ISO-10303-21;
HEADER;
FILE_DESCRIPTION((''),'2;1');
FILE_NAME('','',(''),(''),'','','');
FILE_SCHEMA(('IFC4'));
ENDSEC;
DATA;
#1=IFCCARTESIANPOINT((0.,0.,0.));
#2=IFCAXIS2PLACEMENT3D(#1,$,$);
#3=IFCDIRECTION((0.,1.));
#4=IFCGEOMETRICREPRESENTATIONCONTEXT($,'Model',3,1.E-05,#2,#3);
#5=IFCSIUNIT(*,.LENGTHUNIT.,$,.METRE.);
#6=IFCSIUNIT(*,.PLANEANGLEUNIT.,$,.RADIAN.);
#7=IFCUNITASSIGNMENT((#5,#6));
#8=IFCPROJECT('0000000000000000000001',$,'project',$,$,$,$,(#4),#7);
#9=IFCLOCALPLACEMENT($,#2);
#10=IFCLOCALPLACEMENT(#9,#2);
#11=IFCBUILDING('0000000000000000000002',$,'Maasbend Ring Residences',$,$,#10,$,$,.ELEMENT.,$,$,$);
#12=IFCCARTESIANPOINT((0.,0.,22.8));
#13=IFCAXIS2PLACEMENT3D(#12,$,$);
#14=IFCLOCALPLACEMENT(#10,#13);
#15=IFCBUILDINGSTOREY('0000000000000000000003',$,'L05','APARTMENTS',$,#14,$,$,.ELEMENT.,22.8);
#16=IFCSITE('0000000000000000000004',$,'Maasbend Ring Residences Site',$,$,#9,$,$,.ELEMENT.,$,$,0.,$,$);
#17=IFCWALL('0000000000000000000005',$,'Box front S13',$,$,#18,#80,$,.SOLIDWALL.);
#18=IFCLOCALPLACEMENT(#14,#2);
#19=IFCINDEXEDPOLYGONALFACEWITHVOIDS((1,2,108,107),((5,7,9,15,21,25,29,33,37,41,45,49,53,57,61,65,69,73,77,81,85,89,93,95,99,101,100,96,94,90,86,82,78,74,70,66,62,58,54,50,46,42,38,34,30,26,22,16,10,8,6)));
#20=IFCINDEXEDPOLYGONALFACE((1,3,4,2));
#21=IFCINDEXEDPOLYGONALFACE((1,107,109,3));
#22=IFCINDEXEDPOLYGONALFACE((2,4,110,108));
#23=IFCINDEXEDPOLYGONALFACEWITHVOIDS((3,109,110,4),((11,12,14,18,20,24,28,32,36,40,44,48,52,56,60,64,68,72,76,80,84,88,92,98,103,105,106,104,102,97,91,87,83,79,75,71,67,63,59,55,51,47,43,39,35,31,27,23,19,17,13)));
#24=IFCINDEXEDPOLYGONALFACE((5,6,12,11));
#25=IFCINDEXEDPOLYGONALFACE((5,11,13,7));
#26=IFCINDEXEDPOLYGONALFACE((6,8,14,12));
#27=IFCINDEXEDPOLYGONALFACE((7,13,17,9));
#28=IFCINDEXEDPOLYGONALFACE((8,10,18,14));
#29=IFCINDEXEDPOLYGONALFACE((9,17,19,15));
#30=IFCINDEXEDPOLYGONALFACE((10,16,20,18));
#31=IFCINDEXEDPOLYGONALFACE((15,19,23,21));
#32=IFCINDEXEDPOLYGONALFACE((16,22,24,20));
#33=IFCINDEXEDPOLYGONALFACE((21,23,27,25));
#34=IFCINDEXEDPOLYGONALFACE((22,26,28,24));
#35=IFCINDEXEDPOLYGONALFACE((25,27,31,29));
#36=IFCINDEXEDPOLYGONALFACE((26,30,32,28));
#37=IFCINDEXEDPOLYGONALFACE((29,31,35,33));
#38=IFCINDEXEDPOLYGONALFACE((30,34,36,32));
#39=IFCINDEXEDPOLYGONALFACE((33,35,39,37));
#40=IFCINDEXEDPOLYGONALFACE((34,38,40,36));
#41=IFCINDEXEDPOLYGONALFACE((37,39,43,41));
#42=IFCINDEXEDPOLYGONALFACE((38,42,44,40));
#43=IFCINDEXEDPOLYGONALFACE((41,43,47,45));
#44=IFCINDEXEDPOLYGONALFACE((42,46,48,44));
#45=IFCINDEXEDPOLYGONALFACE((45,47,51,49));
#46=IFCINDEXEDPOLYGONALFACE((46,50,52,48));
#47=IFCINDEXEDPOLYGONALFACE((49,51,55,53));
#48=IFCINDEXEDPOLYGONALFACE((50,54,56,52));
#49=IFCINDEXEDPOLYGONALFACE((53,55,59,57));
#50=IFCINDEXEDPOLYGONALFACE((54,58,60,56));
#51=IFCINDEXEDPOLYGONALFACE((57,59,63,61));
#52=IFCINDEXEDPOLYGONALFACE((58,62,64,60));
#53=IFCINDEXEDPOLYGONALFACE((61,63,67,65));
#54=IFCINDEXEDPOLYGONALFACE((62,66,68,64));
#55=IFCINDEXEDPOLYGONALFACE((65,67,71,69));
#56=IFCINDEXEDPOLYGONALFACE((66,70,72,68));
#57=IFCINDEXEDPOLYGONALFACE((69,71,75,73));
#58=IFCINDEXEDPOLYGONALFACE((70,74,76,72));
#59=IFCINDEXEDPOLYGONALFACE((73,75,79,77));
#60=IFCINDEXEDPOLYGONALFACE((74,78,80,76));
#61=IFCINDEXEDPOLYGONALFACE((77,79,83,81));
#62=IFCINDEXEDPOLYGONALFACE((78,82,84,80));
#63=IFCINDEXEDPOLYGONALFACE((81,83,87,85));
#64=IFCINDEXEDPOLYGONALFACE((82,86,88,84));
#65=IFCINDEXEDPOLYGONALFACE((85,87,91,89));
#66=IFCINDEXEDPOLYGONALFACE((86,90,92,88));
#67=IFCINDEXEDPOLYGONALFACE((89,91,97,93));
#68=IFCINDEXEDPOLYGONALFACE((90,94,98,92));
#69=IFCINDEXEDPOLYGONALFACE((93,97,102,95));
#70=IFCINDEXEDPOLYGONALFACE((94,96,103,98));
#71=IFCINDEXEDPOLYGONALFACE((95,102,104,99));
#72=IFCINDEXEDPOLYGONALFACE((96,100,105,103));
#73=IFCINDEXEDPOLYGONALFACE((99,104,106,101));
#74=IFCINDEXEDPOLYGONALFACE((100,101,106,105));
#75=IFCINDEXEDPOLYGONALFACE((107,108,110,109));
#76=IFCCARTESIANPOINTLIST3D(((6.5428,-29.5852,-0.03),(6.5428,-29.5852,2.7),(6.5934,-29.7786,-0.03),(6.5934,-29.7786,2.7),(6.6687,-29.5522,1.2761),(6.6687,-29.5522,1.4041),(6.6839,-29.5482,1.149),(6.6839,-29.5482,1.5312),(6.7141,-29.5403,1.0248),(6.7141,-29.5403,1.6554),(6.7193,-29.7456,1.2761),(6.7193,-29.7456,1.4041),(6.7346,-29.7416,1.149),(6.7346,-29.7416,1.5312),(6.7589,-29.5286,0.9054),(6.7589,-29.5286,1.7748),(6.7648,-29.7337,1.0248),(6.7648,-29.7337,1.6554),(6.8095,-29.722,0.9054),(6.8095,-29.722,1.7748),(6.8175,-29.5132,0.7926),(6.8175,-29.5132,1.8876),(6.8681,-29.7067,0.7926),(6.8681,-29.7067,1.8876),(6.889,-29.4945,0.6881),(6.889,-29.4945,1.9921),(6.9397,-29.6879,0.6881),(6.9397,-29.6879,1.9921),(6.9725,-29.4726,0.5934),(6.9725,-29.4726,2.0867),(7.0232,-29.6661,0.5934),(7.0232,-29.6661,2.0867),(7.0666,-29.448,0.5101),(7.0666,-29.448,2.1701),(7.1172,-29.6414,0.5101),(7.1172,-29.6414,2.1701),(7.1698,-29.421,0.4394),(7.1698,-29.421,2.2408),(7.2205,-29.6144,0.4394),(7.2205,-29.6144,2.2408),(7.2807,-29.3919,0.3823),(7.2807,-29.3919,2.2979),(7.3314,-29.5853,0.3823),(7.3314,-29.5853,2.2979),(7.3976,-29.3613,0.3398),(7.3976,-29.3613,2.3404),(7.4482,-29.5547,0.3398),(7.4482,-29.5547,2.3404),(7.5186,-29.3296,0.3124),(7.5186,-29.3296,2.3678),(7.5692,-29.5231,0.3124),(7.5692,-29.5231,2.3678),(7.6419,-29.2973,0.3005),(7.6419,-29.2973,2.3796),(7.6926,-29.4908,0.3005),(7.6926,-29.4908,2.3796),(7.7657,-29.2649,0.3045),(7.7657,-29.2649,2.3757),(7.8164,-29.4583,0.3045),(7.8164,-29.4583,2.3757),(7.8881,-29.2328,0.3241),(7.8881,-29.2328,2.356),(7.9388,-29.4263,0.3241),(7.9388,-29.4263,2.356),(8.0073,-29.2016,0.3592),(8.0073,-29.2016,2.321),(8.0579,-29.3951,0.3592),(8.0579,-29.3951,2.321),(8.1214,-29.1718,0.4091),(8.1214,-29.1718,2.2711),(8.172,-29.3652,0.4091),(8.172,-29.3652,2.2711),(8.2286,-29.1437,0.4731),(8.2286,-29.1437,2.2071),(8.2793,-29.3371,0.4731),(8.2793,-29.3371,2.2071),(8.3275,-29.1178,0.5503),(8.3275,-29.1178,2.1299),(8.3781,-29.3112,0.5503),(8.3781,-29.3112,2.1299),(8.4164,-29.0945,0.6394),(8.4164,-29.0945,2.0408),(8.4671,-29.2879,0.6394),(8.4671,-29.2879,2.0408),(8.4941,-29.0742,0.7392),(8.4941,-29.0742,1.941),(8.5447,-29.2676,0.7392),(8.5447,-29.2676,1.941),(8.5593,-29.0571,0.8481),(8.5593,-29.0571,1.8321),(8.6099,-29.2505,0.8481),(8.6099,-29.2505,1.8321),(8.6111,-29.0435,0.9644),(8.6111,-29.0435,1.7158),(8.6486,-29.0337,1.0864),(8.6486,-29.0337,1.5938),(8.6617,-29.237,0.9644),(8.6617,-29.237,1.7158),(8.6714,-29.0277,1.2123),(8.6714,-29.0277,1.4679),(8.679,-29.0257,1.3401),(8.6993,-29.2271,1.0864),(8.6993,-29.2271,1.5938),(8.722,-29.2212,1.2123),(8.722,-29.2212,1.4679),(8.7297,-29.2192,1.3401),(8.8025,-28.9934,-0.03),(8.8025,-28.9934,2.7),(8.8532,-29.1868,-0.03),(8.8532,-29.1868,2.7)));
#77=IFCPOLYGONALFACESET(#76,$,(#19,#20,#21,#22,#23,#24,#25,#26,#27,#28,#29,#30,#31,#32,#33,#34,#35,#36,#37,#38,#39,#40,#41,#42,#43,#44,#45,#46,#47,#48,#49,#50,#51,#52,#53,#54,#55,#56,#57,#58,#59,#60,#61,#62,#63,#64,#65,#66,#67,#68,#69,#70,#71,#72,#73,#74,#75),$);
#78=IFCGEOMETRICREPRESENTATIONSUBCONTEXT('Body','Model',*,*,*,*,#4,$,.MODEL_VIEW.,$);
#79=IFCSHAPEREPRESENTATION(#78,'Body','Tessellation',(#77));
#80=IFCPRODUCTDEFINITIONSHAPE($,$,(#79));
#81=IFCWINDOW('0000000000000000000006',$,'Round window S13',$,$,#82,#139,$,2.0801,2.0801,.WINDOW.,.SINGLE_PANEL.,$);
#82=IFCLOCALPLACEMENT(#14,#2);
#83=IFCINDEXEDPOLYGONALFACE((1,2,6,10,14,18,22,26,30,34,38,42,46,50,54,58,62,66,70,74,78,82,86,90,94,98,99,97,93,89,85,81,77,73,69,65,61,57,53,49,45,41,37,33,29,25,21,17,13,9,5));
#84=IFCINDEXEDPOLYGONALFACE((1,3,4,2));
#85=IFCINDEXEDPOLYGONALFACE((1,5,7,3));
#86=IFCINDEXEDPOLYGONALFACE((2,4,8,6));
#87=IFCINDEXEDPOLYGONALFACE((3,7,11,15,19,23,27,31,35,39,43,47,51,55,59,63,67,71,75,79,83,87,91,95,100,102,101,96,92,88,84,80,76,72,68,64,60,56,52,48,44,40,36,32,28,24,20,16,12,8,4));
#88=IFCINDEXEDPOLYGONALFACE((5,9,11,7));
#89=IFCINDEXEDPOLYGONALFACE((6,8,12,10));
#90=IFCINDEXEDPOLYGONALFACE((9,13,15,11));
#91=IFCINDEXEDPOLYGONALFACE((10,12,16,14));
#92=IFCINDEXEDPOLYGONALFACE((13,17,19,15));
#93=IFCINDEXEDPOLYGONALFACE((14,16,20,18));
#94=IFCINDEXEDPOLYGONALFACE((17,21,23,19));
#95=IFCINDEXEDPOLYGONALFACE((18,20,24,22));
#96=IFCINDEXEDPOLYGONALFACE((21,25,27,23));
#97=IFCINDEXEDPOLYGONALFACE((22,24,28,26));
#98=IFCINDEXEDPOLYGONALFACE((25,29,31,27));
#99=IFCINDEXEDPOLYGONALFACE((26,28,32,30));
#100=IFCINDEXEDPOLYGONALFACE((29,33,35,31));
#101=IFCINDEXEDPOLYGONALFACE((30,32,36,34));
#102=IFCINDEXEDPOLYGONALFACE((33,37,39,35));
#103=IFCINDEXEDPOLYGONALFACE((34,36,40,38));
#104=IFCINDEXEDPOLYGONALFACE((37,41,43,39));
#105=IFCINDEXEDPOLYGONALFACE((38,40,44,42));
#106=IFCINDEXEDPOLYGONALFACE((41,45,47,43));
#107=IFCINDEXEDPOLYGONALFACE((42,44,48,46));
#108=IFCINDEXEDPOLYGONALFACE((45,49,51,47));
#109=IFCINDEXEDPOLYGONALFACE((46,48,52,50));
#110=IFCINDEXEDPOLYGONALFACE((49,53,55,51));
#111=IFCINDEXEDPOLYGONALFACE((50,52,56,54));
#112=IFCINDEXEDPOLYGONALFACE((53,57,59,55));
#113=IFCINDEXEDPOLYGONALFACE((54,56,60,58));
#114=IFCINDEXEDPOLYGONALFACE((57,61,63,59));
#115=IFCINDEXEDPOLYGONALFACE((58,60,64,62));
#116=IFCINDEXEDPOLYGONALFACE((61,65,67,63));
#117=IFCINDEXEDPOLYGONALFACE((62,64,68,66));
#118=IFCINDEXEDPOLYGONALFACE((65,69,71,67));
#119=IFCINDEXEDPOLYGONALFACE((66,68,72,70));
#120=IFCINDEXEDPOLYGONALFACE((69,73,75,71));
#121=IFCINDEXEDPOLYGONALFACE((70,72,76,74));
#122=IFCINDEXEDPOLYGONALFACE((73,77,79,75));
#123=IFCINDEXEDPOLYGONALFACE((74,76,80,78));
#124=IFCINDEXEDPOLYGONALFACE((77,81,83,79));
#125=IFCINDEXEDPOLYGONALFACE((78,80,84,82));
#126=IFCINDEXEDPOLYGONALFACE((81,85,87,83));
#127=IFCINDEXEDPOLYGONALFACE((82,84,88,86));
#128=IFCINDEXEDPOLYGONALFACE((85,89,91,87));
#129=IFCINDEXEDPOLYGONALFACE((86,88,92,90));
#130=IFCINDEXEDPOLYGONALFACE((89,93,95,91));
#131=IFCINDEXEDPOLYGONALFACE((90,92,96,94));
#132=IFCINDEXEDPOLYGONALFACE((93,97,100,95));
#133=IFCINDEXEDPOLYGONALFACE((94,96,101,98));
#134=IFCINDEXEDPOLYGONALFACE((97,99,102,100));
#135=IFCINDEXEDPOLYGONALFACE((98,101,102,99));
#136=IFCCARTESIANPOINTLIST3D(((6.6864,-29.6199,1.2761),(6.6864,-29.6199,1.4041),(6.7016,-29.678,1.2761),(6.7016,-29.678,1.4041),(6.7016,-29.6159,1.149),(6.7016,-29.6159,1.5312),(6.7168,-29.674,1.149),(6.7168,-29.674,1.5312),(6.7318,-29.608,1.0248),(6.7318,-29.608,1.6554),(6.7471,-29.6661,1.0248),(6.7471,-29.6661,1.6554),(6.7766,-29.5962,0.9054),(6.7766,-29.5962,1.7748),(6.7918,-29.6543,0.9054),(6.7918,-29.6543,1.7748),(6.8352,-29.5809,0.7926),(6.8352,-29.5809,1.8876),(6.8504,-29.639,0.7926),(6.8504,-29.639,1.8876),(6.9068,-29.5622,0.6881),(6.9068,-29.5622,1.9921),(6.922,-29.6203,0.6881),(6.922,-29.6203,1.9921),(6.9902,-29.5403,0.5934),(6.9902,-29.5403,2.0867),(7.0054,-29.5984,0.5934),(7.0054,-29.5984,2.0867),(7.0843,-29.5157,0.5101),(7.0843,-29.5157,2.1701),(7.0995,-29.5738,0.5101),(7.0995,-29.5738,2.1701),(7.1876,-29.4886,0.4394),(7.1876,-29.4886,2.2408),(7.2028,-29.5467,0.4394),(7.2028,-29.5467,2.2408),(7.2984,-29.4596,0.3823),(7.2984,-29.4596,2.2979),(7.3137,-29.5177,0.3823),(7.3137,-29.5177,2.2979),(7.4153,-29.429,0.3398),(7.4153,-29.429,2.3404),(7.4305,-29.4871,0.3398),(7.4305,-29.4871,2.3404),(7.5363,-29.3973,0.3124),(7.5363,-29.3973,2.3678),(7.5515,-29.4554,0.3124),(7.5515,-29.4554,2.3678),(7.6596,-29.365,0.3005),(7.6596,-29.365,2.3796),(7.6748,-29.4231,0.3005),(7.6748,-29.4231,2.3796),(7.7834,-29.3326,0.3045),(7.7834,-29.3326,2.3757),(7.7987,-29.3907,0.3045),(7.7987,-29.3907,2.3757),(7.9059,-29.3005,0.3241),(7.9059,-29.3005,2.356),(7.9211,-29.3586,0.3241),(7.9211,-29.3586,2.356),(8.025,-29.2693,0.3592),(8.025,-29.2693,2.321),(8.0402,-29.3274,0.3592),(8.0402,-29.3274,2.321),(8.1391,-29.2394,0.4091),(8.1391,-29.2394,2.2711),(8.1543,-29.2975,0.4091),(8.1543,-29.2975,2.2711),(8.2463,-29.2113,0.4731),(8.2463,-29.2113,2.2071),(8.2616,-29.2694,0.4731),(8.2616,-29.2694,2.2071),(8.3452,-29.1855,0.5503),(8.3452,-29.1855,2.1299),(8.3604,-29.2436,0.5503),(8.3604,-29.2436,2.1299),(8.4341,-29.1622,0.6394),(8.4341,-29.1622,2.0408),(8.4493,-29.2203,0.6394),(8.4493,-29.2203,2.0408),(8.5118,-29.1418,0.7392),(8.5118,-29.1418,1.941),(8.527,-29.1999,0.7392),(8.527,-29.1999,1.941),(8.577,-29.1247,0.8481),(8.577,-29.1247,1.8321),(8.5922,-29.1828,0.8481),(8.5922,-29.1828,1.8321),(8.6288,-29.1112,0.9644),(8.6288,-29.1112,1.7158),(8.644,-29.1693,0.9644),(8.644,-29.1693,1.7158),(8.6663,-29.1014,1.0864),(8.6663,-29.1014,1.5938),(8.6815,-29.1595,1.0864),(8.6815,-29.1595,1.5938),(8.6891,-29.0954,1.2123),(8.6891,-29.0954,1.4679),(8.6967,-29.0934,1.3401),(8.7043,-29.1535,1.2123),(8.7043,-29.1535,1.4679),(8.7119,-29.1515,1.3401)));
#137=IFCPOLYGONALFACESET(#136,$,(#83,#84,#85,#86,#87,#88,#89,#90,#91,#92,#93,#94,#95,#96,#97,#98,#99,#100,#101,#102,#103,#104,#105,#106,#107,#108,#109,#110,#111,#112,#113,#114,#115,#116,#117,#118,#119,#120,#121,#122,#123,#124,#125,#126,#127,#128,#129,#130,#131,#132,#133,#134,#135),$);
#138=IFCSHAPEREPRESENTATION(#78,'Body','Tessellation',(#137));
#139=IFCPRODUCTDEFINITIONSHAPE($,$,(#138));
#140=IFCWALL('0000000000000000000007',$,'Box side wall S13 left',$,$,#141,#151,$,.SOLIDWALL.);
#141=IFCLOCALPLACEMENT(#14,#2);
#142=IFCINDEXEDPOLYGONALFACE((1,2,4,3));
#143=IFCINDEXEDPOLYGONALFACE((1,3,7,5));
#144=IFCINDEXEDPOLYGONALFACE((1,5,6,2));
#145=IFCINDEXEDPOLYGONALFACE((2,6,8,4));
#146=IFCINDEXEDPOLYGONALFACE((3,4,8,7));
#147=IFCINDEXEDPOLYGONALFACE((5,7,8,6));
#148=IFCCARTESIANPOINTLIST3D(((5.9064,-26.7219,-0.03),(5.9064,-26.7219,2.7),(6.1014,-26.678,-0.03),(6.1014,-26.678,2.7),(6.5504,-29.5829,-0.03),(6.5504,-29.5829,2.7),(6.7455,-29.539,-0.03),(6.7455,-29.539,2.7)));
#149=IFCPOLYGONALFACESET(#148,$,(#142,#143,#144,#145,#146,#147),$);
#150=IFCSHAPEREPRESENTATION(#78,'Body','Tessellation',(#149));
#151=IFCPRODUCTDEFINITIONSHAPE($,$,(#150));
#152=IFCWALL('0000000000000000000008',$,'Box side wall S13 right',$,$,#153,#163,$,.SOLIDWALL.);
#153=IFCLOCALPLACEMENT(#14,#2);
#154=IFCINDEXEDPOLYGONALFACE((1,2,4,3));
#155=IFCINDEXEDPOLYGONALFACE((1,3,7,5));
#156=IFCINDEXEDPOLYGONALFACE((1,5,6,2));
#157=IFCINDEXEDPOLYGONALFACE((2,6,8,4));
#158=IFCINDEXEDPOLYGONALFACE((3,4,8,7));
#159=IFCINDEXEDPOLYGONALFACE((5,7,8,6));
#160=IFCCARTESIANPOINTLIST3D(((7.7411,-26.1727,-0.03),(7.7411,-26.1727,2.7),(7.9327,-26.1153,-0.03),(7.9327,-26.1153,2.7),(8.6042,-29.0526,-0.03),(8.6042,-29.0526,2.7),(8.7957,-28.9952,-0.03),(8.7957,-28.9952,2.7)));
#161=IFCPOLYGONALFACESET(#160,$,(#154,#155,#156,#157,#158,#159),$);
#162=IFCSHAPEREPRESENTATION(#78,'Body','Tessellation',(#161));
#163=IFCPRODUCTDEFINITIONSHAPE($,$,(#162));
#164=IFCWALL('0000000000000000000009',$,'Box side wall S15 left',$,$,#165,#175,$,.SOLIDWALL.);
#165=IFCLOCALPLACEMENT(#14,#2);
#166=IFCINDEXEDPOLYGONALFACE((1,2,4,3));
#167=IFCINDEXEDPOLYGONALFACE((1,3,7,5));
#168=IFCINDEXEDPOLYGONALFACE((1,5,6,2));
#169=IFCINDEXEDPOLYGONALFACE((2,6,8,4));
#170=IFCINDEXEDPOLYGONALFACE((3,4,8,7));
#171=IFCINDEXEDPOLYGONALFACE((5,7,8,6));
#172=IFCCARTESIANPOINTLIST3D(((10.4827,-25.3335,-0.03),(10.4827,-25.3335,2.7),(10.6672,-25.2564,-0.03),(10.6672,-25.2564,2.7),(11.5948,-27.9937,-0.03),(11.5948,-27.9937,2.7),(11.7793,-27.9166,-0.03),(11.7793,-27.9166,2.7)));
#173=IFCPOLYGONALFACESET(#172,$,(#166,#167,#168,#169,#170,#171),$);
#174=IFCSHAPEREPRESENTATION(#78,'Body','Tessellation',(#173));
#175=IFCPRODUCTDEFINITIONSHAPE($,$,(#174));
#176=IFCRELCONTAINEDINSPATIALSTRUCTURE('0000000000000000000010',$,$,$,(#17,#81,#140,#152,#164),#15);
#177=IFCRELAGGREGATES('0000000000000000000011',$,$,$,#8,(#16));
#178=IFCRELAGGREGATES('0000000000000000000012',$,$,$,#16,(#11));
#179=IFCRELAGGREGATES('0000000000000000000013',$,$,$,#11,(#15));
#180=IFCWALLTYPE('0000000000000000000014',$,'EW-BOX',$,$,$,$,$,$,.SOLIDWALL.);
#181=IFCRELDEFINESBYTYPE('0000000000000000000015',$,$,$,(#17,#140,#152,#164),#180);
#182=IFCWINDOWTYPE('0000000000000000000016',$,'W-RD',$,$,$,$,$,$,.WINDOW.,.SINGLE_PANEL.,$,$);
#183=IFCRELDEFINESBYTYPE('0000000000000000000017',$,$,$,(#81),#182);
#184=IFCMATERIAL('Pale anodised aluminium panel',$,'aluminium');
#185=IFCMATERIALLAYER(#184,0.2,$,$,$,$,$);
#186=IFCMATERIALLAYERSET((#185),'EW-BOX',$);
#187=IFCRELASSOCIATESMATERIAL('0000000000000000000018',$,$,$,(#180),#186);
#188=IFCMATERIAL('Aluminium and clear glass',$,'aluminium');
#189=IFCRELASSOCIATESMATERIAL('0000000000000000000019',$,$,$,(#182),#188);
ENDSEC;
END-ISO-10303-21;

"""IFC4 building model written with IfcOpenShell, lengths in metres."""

from ifc_helpers import new_model, si_unit, direction, frame, frame_2d, origin, place, context, subcontext, project, spatial, rectangle, circle, extrude, material, layer, layer_set, type_object, element, fill, save


model = new_model("IFC4")

# Units and contexts
model_context = context("Model", 3, precision=1e-05, world=origin(), true_north=direction((0.0, 1.0)))
body_context = subcontext(model_context, "Body", "Model", "MODEL_VIEW")
ifc_project = project(units=[si_unit("LENGTHUNIT", "METRE"), si_unit("PLANEANGLEUNIT", "RADIAN")], contexts=[model_context])

# Site, building, storey
site_placement = place(None, origin())
site = spatial("IfcSite", under=ifc_project, at=site_placement, Name="Maasbend Ring Residences Site", CompositionType="ELEMENT", RefElevation=0.0)
building_placement = place(site_placement, origin())
building = spatial("IfcBuilding", under=site, at=building_placement, Name="Maasbend Ring Residences", CompositionType="ELEMENT")
storey_placement = place(building_placement, frame((0.0, 0.0, 22.8)))
storey = spatial("IfcBuildingStorey", under=building, at=storey_placement, Name="L05", Description="APARTMENTS", CompositionType="ELEMENT", Elevation=22.8)

# Shared definitions
ifc_material_1 = material(Name="Pale anodised aluminium panel", Category="aluminium")
ifc_layer_1 = layer(ifc_material_1, 0.2)
ifc_layer_set_1 = layer_set([ifc_layer_1], Name="EW-BOX")
wall_type_1 = type_object("IfcWallType", Name="EW-BOX", PredefinedType="SOLIDWALL", material=ifc_layer_set_1)

# Wall, opening, window
wall_1_placement = place(storey_placement, frame((6.5681, -29.6819, -0.03), z_axis=(0.0, 0.0, 1.0), x_axis=(0.967377, 0.253341, 0.0)))
wall_1 = element("IfcWall", 1, at=wall_1_placement, inside=storey, type_object=wall_type_1, Name="Box front S13", PredefinedType="SOLIDWALL", context=body_context, shape_type="SweptSolid", body=[
    extrude(rectangle(XDim=2.3359, YDim=0.2, at=frame_2d((1.168, 0.0))), origin(), (0.0, 0.0, 1.0), 2.73),
])
opening_1_placement = place(wall_1_placement, frame((0.1282, 0.0, 0.3301)))
opening_1 = element("IfcOpeningElement", 2, at=opening_1_placement, cuts=wall_1, PredefinedType="OPENING", context=body_context, shape_type="SweptSolid", body=[
    extrude(circle(Radius=1.04, at=frame_2d((1.04, 1.04))), frame((0.0, 0.1099, 0.0), z_axis=(0.0, -1.0, 0.0), x_axis=(1.0, 0.0, 0.0)), (0.0, 0.0, 1.0), 0.22),
])
ifc_material_2 = material(Name="Aluminium and clear glass", Category="aluminium")
window_type_1 = type_object("IfcWindowType", Name="W-RD", PartitioningType="SINGLE_PANEL", PredefinedType="WINDOW", material=ifc_material_2)
window_1_placement = place(opening_1_placement, origin())
window_1 = element("IfcWindow", 3, at=window_1_placement, inside=storey, type_object=window_type_1, Name="Round window S13", OverallHeight=2.0801, OverallWidth=2.0801, PartitioningType="SINGLE_PANEL", PredefinedType="WINDOW", context=body_context, shape_type="SweptSolid", body=[
    extrude(circle(Radius=1.04, at=frame_2d((1.04, 1.04))), frame((0.0, 0.03, 0.0), z_axis=(0.0, -1.0, 0.0), x_axis=(1.0, 0.0, 0.0)), (0.0, 0.0, 1.0), 0.0601),
])
fill(opening_1, window_1)

# Walls
wall_2_placement = place(storey_placement, frame((6.0039, -26.7, -0.03), z_axis=(0.0, 0.0, 1.0), x_axis=(0.219609, -0.975588, 0.0)))
element("IfcWall", 4, at=wall_2_placement, inside=storey, type_object=wall_type_1, Name="Box side wall S13 left", PredefinedType="SOLIDWALL", context=body_context, shape_type="SweptSolid", body=[
    extrude(rectangle(XDim=2.9326, YDim=0.2, at=frame_2d((1.4663, 0.0))), origin(), (0.0, 0.0, 1.0), 2.73),
])
wall_3_placement = place(storey_placement, frame((7.8369, -26.144, -0.03), z_axis=(0.0, 0.0, 1.0), x_axis=(0.287065, -0.957911, 0.0)))
element("IfcWall", 5, at=wall_3_placement, inside=storey, type_object=wall_type_1, Name="Box side wall S13 right", PredefinedType="SOLIDWALL", context=body_context, shape_type="SweptSolid", body=[
    extrude(rectangle(XDim=3.0063, YDim=0.2, at=frame_2d((1.5032, 0.0))), origin(), (0.0, 0.0, 1.0), 2.73),
])
wall_4_placement = place(storey_placement, frame((10.575, -25.2949, -0.03), z_axis=(0.0, 0.0, 1.0), x_axis=(0.385697, -0.922625, 0.0)))
element("IfcWall", 6, at=wall_4_placement, inside=storey, type_object=wall_type_1, Name="Box side wall S15 left", PredefinedType="SOLIDWALL", context=body_context, shape_type="SweptSolid", body=[
    extrude(rectangle(XDim=2.8833, YDim=0.2, at=frame_2d((1.4417, 0.0))), origin(), (0.0, 0.0, 1.0), 2.73),
])

save(model, "model.ifc")
